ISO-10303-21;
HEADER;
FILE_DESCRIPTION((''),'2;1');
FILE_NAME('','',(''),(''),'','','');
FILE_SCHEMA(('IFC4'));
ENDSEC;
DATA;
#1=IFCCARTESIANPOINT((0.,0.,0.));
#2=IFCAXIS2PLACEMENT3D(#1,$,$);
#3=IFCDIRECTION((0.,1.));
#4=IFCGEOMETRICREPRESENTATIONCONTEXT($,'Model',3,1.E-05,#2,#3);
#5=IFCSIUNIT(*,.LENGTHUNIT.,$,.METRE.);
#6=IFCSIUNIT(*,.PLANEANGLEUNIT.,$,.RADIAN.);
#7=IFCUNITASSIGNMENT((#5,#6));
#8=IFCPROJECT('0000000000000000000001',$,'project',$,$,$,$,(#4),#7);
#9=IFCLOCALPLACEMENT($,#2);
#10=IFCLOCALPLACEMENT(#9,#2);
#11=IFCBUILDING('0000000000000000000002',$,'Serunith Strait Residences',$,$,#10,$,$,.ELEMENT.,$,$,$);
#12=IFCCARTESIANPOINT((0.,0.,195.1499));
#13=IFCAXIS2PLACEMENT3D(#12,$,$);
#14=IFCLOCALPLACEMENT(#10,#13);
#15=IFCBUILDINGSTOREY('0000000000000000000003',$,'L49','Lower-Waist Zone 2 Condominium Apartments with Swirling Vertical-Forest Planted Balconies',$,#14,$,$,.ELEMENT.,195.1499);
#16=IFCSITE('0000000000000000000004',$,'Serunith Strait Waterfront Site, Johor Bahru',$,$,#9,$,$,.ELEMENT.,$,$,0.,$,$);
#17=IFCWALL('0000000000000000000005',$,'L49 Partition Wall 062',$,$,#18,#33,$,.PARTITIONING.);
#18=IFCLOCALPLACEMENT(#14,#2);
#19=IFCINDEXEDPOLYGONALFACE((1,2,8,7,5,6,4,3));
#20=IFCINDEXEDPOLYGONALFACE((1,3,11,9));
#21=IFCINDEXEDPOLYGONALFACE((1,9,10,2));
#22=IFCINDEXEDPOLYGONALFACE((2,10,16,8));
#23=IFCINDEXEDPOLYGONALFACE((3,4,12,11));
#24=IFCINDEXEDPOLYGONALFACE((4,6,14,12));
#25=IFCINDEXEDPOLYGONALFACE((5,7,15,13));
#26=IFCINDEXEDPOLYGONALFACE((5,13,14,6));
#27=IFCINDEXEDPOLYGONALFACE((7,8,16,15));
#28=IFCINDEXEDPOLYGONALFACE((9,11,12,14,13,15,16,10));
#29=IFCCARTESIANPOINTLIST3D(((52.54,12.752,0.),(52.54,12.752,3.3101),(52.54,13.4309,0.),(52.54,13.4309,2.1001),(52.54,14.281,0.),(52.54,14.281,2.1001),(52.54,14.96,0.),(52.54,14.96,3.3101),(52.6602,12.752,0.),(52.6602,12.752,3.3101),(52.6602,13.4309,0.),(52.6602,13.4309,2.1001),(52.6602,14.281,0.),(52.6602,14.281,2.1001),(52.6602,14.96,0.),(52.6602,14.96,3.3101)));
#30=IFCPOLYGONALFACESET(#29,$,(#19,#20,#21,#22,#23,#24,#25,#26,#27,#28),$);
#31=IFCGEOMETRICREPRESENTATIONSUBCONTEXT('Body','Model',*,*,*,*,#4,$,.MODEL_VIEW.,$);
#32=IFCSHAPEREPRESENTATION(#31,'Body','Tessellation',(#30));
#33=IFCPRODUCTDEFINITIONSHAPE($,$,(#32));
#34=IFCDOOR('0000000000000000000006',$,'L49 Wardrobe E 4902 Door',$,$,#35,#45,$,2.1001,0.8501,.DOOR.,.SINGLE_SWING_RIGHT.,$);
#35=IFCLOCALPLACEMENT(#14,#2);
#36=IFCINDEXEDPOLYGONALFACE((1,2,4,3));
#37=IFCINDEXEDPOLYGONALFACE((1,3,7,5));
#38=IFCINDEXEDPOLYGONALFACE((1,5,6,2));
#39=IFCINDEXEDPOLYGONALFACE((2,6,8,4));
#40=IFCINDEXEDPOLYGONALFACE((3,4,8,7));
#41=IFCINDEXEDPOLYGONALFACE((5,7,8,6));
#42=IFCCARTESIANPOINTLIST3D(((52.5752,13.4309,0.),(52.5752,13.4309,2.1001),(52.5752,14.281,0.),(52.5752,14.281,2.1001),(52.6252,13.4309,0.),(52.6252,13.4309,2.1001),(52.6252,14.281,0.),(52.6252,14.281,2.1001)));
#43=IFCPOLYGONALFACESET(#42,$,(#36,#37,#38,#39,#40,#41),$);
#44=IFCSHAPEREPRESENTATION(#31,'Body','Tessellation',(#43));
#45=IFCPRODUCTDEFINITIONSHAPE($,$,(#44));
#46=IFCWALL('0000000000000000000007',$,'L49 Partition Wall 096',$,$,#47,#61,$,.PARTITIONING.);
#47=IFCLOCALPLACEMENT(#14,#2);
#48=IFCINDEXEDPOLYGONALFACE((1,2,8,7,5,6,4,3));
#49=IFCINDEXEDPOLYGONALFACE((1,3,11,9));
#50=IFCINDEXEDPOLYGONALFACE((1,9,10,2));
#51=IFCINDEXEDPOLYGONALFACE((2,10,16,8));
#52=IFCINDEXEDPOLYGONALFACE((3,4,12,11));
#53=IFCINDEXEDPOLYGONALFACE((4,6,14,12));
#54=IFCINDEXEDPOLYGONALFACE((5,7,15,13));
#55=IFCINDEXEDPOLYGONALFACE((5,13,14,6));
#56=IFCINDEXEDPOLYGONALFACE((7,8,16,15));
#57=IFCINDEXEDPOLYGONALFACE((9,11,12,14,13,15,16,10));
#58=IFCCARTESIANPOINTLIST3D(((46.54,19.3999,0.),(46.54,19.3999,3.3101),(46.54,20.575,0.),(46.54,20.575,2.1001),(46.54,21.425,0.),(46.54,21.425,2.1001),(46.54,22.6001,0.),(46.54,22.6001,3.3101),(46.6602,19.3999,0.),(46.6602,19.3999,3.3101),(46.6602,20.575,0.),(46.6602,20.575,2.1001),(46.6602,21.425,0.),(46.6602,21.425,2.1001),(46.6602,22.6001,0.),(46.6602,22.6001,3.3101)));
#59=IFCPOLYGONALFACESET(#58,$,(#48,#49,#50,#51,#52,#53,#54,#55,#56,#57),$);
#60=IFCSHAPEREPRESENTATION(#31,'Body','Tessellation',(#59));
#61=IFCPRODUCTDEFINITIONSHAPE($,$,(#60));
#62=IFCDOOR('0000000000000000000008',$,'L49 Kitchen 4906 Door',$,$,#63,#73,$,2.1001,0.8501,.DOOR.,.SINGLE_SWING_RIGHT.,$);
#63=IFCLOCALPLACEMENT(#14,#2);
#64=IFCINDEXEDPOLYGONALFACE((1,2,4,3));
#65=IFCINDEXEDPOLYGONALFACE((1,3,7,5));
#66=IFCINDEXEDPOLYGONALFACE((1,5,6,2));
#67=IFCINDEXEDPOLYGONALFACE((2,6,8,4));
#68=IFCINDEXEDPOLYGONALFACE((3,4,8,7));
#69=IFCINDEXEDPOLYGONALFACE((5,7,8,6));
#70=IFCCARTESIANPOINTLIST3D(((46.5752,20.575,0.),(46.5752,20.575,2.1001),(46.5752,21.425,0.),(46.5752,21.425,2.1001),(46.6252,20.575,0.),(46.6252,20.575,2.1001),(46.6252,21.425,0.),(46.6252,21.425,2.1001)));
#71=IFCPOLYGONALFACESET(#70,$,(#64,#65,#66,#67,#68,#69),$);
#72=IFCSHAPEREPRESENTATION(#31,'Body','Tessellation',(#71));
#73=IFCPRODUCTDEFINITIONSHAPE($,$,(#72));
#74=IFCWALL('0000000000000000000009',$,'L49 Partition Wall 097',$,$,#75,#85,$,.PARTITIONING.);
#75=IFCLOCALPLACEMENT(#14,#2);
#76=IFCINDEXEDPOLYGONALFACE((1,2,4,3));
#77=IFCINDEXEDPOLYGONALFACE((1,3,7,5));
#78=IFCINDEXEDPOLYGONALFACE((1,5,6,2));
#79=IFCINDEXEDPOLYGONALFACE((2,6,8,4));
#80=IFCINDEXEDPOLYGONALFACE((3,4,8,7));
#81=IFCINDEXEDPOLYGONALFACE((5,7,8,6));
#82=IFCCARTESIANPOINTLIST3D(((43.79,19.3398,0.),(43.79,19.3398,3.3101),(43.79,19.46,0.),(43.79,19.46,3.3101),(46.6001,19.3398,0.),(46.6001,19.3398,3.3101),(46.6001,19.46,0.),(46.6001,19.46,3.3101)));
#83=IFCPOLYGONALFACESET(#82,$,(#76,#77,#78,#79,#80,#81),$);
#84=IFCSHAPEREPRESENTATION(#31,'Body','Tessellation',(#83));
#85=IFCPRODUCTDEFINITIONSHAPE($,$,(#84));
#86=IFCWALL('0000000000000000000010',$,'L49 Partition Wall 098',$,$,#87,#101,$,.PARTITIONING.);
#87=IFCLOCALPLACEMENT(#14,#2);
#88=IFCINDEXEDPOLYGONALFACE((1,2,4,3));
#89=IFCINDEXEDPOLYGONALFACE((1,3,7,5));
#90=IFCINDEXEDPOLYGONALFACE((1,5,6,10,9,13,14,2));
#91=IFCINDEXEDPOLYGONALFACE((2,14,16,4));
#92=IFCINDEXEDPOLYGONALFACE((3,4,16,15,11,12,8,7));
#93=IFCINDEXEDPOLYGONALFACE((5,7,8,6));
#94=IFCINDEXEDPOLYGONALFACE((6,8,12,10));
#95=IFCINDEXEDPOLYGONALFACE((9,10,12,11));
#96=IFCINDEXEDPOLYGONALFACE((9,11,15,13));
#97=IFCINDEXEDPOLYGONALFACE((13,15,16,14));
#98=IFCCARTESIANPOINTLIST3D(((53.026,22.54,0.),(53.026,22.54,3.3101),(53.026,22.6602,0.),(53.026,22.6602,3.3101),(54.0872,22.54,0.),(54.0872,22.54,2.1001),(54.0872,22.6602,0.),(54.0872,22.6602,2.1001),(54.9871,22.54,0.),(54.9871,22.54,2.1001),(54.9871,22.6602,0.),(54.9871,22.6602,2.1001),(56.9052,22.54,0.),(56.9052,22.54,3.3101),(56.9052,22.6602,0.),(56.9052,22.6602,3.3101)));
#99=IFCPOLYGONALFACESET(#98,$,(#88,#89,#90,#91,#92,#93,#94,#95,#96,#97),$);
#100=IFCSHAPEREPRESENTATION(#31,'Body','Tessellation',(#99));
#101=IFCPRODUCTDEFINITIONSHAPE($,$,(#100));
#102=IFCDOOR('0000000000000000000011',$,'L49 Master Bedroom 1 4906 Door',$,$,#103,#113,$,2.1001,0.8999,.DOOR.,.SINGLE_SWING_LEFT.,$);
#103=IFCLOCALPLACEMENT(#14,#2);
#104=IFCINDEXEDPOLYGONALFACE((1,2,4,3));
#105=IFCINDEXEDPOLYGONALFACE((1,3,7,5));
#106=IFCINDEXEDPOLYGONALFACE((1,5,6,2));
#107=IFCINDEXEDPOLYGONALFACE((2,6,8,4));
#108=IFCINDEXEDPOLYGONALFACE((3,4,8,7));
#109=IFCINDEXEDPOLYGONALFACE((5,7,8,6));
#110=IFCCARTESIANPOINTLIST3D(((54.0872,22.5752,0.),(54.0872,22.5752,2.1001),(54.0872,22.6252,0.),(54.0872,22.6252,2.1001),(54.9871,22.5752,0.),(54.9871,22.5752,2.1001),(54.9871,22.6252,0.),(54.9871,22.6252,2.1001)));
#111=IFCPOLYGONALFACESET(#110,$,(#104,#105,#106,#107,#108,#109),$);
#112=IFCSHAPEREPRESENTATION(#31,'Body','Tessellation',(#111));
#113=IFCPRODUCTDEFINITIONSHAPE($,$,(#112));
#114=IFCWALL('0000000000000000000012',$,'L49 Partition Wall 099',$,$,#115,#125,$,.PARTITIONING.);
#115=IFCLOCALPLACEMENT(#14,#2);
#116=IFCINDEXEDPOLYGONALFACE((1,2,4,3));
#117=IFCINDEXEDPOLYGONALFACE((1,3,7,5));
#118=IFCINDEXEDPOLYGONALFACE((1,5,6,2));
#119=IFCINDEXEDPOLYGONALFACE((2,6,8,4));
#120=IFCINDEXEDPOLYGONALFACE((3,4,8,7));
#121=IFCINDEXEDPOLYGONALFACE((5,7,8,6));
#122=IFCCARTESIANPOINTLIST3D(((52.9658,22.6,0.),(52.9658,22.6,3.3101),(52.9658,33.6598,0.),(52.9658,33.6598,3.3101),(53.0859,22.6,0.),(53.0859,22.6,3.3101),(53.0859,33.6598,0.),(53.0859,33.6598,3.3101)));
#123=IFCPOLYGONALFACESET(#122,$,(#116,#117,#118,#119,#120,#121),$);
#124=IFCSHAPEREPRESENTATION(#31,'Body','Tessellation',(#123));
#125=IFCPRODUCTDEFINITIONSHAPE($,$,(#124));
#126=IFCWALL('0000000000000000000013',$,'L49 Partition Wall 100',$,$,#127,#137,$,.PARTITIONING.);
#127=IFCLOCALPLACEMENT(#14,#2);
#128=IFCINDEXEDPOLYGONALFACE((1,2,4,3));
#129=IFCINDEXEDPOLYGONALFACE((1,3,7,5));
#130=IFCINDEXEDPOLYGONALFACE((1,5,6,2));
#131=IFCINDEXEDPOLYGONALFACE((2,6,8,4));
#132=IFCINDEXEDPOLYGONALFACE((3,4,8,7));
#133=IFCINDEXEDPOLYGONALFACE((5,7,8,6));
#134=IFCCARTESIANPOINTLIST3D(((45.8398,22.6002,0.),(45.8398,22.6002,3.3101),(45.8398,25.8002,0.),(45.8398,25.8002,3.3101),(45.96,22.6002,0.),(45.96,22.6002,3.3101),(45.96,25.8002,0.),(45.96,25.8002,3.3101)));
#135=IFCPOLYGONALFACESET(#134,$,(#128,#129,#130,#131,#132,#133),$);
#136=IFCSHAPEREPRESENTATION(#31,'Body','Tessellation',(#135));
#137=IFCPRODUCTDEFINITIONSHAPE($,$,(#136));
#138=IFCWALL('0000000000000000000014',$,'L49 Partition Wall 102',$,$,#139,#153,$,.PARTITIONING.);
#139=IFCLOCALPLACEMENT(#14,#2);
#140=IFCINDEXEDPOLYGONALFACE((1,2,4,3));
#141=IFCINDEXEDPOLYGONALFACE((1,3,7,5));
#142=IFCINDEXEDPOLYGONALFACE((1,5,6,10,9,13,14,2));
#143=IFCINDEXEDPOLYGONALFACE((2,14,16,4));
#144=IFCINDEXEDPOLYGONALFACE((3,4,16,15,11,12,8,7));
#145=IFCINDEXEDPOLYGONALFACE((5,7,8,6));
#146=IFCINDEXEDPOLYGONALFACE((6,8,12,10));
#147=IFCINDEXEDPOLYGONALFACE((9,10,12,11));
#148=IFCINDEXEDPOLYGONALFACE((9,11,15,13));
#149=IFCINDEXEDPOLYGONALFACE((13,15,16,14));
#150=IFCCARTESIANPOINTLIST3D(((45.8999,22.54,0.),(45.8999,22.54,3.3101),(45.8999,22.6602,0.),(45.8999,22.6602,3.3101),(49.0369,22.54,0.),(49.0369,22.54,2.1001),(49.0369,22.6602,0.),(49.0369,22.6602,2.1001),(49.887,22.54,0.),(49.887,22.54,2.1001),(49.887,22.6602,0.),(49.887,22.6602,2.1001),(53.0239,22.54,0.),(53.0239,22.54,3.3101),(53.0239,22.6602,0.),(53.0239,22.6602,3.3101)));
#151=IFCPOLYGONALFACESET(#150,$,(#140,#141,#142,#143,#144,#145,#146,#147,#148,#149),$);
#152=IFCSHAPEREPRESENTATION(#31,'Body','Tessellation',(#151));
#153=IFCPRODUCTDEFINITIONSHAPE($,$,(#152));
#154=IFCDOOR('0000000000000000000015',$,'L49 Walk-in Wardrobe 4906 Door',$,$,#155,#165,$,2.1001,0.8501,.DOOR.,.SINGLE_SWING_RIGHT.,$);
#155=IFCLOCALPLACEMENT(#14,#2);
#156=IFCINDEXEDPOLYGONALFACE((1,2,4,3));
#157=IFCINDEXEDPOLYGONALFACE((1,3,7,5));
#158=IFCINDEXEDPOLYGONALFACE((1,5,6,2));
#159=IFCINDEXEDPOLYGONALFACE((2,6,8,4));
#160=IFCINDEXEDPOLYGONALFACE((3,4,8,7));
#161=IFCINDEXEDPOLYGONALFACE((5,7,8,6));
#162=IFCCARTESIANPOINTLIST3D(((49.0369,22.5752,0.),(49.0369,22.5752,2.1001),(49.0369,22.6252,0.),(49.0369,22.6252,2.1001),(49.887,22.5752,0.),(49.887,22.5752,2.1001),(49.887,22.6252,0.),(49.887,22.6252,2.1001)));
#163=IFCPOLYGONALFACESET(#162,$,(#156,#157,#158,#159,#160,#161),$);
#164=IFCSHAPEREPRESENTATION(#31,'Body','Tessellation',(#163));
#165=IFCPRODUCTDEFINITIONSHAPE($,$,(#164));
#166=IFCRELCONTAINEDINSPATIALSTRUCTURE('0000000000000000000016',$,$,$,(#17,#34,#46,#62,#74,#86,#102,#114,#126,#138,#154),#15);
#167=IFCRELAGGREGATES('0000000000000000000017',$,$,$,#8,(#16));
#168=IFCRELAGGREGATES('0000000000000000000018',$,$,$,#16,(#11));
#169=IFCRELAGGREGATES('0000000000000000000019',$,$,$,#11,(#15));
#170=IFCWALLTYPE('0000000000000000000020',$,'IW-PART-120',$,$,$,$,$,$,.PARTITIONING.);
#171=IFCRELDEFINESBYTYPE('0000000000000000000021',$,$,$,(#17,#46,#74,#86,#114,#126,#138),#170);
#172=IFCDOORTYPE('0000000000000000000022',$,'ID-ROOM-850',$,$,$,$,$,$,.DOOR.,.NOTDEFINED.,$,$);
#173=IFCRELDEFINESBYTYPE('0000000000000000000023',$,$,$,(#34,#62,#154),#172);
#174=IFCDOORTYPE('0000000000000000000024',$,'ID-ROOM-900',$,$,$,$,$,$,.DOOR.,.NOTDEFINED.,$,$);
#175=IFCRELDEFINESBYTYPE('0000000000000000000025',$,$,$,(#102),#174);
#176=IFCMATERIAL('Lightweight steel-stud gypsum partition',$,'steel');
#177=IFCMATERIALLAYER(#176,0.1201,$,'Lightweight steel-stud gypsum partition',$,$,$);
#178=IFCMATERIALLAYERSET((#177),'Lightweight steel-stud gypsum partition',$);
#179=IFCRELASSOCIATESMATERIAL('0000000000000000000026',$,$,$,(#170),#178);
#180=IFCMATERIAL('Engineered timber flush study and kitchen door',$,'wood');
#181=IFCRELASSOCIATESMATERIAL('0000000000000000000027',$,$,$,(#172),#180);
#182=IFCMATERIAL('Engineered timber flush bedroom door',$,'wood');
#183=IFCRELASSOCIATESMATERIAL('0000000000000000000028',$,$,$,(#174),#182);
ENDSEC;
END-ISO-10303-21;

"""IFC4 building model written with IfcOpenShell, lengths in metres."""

from ifc_helpers import new_model, si_unit, direction, frame, frame_2d, origin, place, context, subcontext, project, spatial, rectangle, extrude, source, transform, mapped, material, layer, layer_set, type_object, element, fill, save


model = new_model("IFC4")

# Units and contexts
model_context = context("Model", 3, precision=1e-05, world=origin(), true_north=direction((0.0, 1.0)))
body_context = subcontext(model_context, "Body", "Model", "MODEL_VIEW")
ifc_project = project(units=[si_unit("LENGTHUNIT", "METRE"), si_unit("PLANEANGLEUNIT", "RADIAN")], contexts=[model_context])

# Site, building, storey
site_placement = place(None, origin())
site = spatial("IfcSite", under=ifc_project, at=site_placement, Name="Serunith Strait Waterfront Site, Johor Bahru", CompositionType="ELEMENT", RefElevation=0.0)
building_placement = place(site_placement, origin())
building = spatial("IfcBuilding", under=site, at=building_placement, Name="Serunith Strait Residences", CompositionType="ELEMENT")
storey_placement = place(building_placement, frame((0.0, 0.0, 195.1499)))
storey = spatial("IfcBuildingStorey", under=building, at=storey_placement, Name="L49", Description="Lower-Waist Zone 2 Condominium Apartments with Swirling Vertical-Forest Planted Balconies", CompositionType="ELEMENT", Elevation=195.1499)

# Shared definitions
ifc_material_1 = material(Name="Lightweight steel-stud gypsum partition", Category="steel")
ifc_layer_1 = layer(ifc_material_1, 0.1201, Name="Lightweight steel-stud gypsum partition")
ifc_layer_set_1 = layer_set([ifc_layer_1], Name="Lightweight steel-stud gypsum partition")
wall_type = type_object("IfcWallType", Name="IW-PART-120", PredefinedType="PARTITIONING", material=ifc_layer_set_1)
ifc_material_2 = material(Name="Engineered timber flush study and kitchen door", Category="wood")
door_type_1 = type_object("IfcDoorType", Name="ID-ROOM-850", OperationType="NOTDEFINED", PredefinedType="DOOR", material=ifc_material_2)
shared_shape_1 = source(origin(), body_context, "Body", "SweptSolid", [
    extrude(rectangle(XDim=0.8501, YDim=2.1001, at=frame_2d((0.425, 1.05))), frame((0.0, 0.0249, 0.0), z_axis=(0.0, -1.0, 0.0), x_axis=(1.0, 0.0, 0.0)), (0.0, 0.0, 1.0), 0.05),
])
ifc_material_3 = material(Name="Engineered timber flush bedroom door", Category="wood")
door_type_2 = type_object("IfcDoorType", Name="ID-ROOM-900", OperationType="NOTDEFINED", PredefinedType="DOOR", material=ifc_material_3)
shared_shape_2 = source(origin(), body_context, "Body", "SweptSolid", [
    extrude(rectangle(XDim=0.8999, YDim=2.1001, at=frame_2d((0.45, 1.05))), frame((0.0, 0.0249, 0.0), z_axis=(0.0, -1.0, 0.0), x_axis=(1.0, 0.0, 0.0)), (0.0, 0.0, 1.0), 0.05),
])

# Walls, openings, doors
wall_1_placement = place(storey_placement, frame((52.6001, 12.752, 0.0), z_axis=(0.0, 0.0, 1.0), x_axis=(0.0, 1.0, 0.0)))
wall_1 = element("IfcWall", 1, at=wall_1_placement, inside=storey, type_object=wall_type, Name="L49 Partition Wall 062", PredefinedType="PARTITIONING", context=body_context, shape_type="SweptSolid", body=[
    extrude(rectangle(XDim=2.208, YDim=0.1201, at=frame_2d((1.104, 0.0))), origin(), (0.0, 0.0, 1.0), 3.3101),
])
opening_1_placement = place(wall_1_placement, frame((0.679, 0.0, 0.0)))
opening_1 = element("IfcOpeningElement", 2, at=opening_1_placement, cuts=wall_1, PredefinedType="OPENING", context=body_context, shape_type="SweptSolid", body=[
    extrude(rectangle(XDim=0.8501, YDim=2.1001, at=frame_2d((0.425, 1.05))), frame((0.0, 0.0701, 0.0), z_axis=(0.0, -1.0, 0.0), x_axis=(1.0, 0.0, 0.0)), (0.0, 0.0, 1.0), 0.1401),
])
door_1_placement = place(opening_1_placement, origin())
door_1 = element("IfcDoor", 3, at=door_1_placement, inside=storey, type_object=door_type_1, Name="L49 Wardrobe E 4902 Door", OperationType="SINGLE_SWING_RIGHT", OverallHeight=2.1001, OverallWidth=0.8501, PredefinedType="DOOR", context=body_context, shape_type="MappedRepresentation", body=[
    mapped(shared_shape_1, transform((0.0, 0.0, 0.0), scale=1.0)),
])
fill(opening_1, door_1)
wall_2_placement = place(storey_placement, frame((46.6001, 19.3999, 0.0), z_axis=(0.0, 0.0, 1.0), x_axis=(0.0, 1.0, 0.0)))
wall_2 = element("IfcWall", 4, at=wall_2_placement, inside=storey, type_object=wall_type, Name="L49 Partition Wall 096", PredefinedType="PARTITIONING", context=body_context, shape_type="SweptSolid", body=[
    extrude(rectangle(XDim=3.2002, YDim=0.1201, at=frame_2d((1.6001, 0.0))), origin(), (0.0, 0.0, 1.0), 3.3101),
])
opening_2_placement = place(wall_2_placement, frame((1.175, 0.0, 0.0)))
opening_2 = element("IfcOpeningElement", 5, at=opening_2_placement, cuts=wall_2, PredefinedType="OPENING", context=body_context, shape_type="SweptSolid", body=[
    extrude(rectangle(XDim=0.8501, YDim=2.1001, at=frame_2d((0.425, 1.05))), frame((0.0, 0.0701, 0.0), z_axis=(0.0, -1.0, 0.0), x_axis=(1.0, 0.0, 0.0)), (0.0, 0.0, 1.0), 0.1401),
])
door_2_placement = place(opening_2_placement, origin())
door_2 = element("IfcDoor", 6, at=door_2_placement, inside=storey, type_object=door_type_1, Name="L49 Kitchen 4906 Door", OperationType="SINGLE_SWING_RIGHT", OverallHeight=2.1001, OverallWidth=0.8501, PredefinedType="DOOR", context=body_context, shape_type="MappedRepresentation", body=[
    mapped(shared_shape_1, transform((0.0, 0.0, 0.0), scale=1.0)),
])
fill(opening_2, door_2)

# Wall
wall_3_placement = place(storey_placement, frame((46.6001, 19.3999, 0.0), z_axis=(0.0, 0.0, 1.0), x_axis=(-1.0, 0.0, 0.0)))
element("IfcWall", 7, at=wall_3_placement, inside=storey, type_object=wall_type, Name="L49 Partition Wall 097", PredefinedType="PARTITIONING", context=body_context, shape_type="SweptSolid", body=[
    extrude(rectangle(XDim=2.8101, YDim=0.1201, at=frame_2d((1.405, 0.0))), origin(), (0.0, 0.0, 1.0), 3.3101),
])

# Wall, opening, door
wall_4_placement = place(storey_placement, frame((56.905, 22.6001, 0.0), z_axis=(0.0, 0.0, 1.0), x_axis=(-1.0, 0.0, 0.0)))
wall_4 = element("IfcWall", 8, at=wall_4_placement, inside=storey, type_object=wall_type, Name="L49 Partition Wall 098", PredefinedType="PARTITIONING", context=body_context, shape_type="SweptSolid", body=[
    extrude(rectangle(XDim=3.8792, YDim=0.1201, at=frame_2d((1.9395, 0.0))), origin(), (0.0, 0.0, 1.0), 3.3101),
])
opening_3_placement = place(wall_4_placement, frame((1.918, 0.0, 0.0)))
opening_3 = element("IfcOpeningElement", 9, at=opening_3_placement, cuts=wall_4, PredefinedType="OPENING", context=body_context, shape_type="SweptSolid", body=[
    extrude(rectangle(XDim=0.8999, YDim=2.1001, at=frame_2d((0.45, 1.05))), frame((0.0, 0.0701, 0.0), z_axis=(0.0, -1.0, 0.0), x_axis=(1.0, 0.0, 0.0)), (0.0, 0.0, 1.0), 0.1401),
])
door_3_placement = place(opening_3_placement, origin())
door_3 = element("IfcDoor", 10, at=door_3_placement, inside=storey, type_object=door_type_2, Name="L49 Master Bedroom 1 4906 Door", OperationType="SINGLE_SWING_LEFT", OverallHeight=2.1001, OverallWidth=0.8999, PredefinedType="DOOR", context=body_context, shape_type="MappedRepresentation", body=[
    mapped(shared_shape_2, transform((0.0, 0.0, 0.0), scale=1.0)),
])
fill(opening_3, door_3)

# Walls
wall_5_placement = place(storey_placement, frame((53.0259, 22.6001, 0.0), z_axis=(0.0, 0.0, 1.0), x_axis=(0.0, 1.0, 0.0)))
element("IfcWall", 11, at=wall_5_placement, inside=storey, type_object=wall_type, Name="L49 Partition Wall 099", PredefinedType="PARTITIONING", context=body_context, shape_type="SweptSolid", body=[
    extrude(rectangle(XDim=11.0598, YDim=0.1201, at=frame_2d((5.5298, 0.0))), origin(), (0.0, 0.0, 1.0), 3.3101),
])
wall_6_placement = place(storey_placement, frame((45.8999, 22.6001, 0.0), z_axis=(0.0, 0.0, 1.0), x_axis=(0.0, 1.0, 0.0)))
element("IfcWall", 12, at=wall_6_placement, inside=storey, type_object=wall_type, Name="L49 Partition Wall 100", PredefinedType="PARTITIONING", context=body_context, shape_type="SweptSolid", body=[
    extrude(rectangle(XDim=3.2, YDim=0.1201, at=frame_2d((1.6001, 0.0))), origin(), (0.0, 0.0, 1.0), 3.3101),
])

# Wall, opening, door
wall_7_placement = place(storey_placement, frame((53.0239, 22.6001, 0.0), z_axis=(0.0, 0.0, 1.0), x_axis=(-1.0, 0.0, 0.0)))
wall_7 = element("IfcWall", 13, at=wall_7_placement, inside=storey, type_object=wall_type, Name="L49 Partition Wall 102", PredefinedType="PARTITIONING", context=body_context, shape_type="SweptSolid", body=[
    extrude(rectangle(XDim=7.124, YDim=0.1201, at=frame_2d((3.562, 0.0))), origin(), (0.0, 0.0, 1.0), 3.3101),
])
opening_4_placement = place(wall_7_placement, frame((3.137, 0.0, 0.0)))
opening_4 = element("IfcOpeningElement", 14, at=opening_4_placement, cuts=wall_7, PredefinedType="OPENING", context=body_context, shape_type="SweptSolid", body=[
    extrude(rectangle(XDim=0.8501, YDim=2.1001, at=frame_2d((0.425, 1.05))), frame((0.0, 0.0701, 0.0), z_axis=(0.0, -1.0, 0.0), x_axis=(1.0, 0.0, 0.0)), (0.0, 0.0, 1.0), 0.1401),
])
door_4_placement = place(opening_4_placement, origin())
door_4 = element("IfcDoor", 15, at=door_4_placement, inside=storey, type_object=door_type_1, Name="L49 Walk-in Wardrobe 4906 Door", OperationType="SINGLE_SWING_RIGHT", OverallHeight=2.1001, OverallWidth=0.8501, PredefinedType="DOOR", context=body_context, shape_type="MappedRepresentation", body=[
    mapped(shared_shape_1, transform((0.0, 0.0, 0.0), scale=1.0)),
])
fill(opening_4, door_4)

save(model, "model.ifc")
